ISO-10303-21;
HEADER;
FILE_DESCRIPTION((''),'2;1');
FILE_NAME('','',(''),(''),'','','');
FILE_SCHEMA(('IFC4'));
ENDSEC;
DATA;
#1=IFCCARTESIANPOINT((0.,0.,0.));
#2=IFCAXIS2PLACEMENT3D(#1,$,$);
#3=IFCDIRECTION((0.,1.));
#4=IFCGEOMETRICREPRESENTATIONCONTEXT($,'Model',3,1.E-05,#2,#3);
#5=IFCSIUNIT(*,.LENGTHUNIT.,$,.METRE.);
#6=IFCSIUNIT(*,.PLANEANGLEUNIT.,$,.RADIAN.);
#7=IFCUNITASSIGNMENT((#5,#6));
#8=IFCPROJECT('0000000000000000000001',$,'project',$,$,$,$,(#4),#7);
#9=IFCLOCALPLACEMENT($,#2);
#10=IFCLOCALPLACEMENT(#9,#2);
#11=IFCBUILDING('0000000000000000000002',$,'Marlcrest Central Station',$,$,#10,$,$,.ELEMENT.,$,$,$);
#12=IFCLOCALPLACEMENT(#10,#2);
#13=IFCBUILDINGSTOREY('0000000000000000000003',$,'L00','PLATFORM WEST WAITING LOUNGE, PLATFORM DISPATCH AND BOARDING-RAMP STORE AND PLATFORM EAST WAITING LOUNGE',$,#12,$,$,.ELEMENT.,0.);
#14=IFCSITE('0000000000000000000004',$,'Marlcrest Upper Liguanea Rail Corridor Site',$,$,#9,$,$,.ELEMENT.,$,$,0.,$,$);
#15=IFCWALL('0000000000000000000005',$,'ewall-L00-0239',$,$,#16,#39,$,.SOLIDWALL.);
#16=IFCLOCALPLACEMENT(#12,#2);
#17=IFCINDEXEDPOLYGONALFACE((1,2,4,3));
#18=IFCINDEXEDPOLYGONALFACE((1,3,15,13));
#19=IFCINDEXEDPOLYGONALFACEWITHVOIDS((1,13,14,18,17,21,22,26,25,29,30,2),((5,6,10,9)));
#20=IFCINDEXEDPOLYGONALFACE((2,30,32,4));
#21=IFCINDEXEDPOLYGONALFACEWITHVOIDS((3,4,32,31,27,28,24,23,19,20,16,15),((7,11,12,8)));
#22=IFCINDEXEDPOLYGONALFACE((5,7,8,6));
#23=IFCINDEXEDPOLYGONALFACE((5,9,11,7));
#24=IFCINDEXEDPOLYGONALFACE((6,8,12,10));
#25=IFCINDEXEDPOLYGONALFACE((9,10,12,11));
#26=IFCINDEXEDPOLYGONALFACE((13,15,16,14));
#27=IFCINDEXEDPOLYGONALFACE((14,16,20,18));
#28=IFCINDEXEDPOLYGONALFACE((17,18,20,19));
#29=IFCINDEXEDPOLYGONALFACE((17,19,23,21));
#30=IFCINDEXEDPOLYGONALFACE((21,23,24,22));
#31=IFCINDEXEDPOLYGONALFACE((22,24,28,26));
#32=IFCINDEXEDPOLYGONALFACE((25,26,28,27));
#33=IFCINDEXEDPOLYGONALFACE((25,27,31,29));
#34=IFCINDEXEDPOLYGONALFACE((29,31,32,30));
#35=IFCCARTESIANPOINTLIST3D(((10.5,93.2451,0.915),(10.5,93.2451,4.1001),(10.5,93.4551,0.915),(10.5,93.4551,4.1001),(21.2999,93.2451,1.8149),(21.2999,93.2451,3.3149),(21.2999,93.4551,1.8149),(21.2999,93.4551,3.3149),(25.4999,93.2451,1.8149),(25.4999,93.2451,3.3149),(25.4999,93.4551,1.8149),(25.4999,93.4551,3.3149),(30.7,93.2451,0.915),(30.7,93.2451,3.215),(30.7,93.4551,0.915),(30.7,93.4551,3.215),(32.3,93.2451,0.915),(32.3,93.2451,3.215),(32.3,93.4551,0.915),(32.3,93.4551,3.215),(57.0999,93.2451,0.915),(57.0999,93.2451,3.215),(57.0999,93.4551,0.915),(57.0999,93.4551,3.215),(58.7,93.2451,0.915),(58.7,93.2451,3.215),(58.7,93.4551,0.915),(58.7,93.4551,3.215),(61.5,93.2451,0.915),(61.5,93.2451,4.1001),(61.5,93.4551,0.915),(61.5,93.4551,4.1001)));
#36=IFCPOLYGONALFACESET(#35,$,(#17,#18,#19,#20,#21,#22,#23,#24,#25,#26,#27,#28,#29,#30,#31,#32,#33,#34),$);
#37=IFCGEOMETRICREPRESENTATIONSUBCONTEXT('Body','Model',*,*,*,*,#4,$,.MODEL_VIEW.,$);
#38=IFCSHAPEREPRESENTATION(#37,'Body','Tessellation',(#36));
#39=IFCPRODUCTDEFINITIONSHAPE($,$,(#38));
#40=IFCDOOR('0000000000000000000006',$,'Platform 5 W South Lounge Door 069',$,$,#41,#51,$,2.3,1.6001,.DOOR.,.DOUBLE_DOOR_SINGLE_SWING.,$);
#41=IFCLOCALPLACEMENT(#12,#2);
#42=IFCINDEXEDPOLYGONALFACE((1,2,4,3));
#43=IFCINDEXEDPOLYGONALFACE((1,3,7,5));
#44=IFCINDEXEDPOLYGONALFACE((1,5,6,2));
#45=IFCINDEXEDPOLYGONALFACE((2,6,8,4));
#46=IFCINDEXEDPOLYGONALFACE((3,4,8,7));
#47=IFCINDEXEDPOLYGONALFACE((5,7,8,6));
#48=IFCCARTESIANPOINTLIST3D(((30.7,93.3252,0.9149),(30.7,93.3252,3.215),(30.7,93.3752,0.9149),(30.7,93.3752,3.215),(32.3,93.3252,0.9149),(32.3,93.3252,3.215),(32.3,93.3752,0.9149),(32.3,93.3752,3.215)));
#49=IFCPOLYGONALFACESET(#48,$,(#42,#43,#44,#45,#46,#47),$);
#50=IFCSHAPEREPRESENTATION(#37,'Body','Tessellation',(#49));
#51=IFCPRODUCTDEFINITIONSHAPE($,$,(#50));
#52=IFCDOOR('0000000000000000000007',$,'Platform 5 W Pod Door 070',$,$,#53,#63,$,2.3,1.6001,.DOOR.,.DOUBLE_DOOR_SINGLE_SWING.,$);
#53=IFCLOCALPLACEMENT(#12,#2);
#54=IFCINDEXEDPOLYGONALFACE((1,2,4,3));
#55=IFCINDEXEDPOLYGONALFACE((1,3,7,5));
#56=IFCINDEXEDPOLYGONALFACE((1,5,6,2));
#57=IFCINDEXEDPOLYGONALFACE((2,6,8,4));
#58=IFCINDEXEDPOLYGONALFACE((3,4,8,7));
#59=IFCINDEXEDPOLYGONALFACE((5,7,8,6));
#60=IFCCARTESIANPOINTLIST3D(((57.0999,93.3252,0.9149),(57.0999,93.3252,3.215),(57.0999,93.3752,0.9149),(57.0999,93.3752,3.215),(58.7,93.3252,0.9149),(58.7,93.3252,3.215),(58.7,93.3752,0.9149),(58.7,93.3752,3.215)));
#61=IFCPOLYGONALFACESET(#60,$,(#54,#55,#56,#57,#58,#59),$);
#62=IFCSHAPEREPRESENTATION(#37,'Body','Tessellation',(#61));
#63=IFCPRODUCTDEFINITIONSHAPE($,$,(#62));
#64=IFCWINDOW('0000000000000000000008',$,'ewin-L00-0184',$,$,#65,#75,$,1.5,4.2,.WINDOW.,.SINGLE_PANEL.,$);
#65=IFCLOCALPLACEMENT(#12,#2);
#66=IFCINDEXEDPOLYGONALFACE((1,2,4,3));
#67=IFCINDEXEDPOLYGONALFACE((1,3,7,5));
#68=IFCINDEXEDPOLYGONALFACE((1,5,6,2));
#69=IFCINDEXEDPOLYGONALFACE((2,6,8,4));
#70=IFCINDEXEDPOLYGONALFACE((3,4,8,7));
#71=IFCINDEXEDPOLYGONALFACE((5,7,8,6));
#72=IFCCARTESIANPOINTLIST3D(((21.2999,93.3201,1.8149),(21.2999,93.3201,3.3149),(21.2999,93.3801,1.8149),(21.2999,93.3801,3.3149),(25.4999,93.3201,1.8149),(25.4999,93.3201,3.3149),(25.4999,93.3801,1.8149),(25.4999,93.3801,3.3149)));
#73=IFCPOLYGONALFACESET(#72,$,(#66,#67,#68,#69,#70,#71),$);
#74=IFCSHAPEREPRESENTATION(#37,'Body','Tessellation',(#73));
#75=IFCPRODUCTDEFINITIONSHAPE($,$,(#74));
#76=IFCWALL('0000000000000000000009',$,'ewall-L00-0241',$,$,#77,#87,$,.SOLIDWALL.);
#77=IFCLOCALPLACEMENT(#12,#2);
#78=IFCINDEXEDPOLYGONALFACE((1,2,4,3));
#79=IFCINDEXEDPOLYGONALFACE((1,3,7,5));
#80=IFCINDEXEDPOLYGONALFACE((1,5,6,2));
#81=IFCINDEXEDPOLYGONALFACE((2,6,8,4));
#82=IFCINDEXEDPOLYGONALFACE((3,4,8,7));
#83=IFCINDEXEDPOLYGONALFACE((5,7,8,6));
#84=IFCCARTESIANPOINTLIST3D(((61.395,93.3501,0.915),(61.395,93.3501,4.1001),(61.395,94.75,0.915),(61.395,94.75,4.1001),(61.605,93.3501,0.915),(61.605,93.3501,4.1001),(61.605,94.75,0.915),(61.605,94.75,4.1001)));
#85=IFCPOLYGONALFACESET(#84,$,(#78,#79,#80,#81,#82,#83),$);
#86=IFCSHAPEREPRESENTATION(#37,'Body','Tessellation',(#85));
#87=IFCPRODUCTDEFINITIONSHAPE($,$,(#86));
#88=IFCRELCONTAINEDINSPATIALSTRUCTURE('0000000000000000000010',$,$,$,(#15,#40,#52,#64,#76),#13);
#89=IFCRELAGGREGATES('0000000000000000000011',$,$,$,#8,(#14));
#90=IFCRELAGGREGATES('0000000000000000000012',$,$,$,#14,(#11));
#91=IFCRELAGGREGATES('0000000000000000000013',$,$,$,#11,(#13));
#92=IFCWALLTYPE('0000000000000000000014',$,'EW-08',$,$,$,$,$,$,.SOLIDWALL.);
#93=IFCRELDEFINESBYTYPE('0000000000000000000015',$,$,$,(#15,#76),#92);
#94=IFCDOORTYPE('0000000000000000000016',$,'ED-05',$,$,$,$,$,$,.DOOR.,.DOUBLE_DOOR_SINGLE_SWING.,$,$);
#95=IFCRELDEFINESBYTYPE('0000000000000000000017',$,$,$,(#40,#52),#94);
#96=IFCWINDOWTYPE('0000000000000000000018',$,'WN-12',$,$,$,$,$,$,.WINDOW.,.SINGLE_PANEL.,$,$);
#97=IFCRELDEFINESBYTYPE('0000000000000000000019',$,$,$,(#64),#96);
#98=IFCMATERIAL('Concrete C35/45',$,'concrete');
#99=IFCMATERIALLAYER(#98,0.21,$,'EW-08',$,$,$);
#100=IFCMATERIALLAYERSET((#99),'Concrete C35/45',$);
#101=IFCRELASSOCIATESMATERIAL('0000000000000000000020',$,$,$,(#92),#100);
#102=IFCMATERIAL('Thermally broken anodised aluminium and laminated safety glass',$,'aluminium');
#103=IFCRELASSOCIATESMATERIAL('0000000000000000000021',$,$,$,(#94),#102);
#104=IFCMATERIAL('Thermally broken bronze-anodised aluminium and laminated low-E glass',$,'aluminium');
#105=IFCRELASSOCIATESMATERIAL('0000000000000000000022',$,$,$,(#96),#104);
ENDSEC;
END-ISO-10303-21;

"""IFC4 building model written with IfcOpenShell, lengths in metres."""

from ifc_helpers import new_model, si_unit, direction, frame, frame_2d, origin, place, context, subcontext, project, spatial, rectangle, extrude, material, layer, layer_set, type_object, element, fill, save


model = new_model("IFC4")

# Units and contexts
model_context = context("Model", 3, precision=1e-05, world=origin(), true_north=direction((0.0, 1.0)))
body_context = subcontext(model_context, "Body", "Model", "MODEL_VIEW")
ifc_project = project(units=[si_unit("LENGTHUNIT", "METRE"), si_unit("PLANEANGLEUNIT", "RADIAN")], contexts=[model_context])

# Site, building, storey
site_placement = place(None, origin())
site = spatial("IfcSite", under=ifc_project, at=site_placement, Name="Marlcrest Upper Liguanea Rail Corridor Site", CompositionType="ELEMENT", RefElevation=0.0)
building_placement = place(site_placement, origin())
building = spatial("IfcBuilding", under=site, at=building_placement, Name="Marlcrest Central Station", CompositionType="ELEMENT")
storey_placement = place(building_placement, origin())
storey = spatial("IfcBuildingStorey", under=building, at=storey_placement, Name="L00", Description="PLATFORM WEST WAITING LOUNGE, PLATFORM DISPATCH AND BOARDING-RAMP STORE AND PLATFORM EAST WAITING LOUNGE", CompositionType="ELEMENT", Elevation=0.0)

# Shared definitions
ifc_material_1 = material(Name="Concrete C35/45", Category="concrete")

# Wall, openings, doors, window
ifc_layer = layer(ifc_material_1, 0.21, Name="EW-08")
ifc_layer_set = layer_set([ifc_layer], Name="Concrete C35/45")
wall_type = type_object("IfcWallType", Name="EW-08", PredefinedType="SOLIDWALL", material=ifc_layer_set)
wall_1_placement = place(storey_placement, frame((61.5, 93.3501, 0.915), z_axis=(0.0, 0.0, 1.0), x_axis=(-1.0, 0.0, 0.0)))
wall_1 = element("IfcWall", 1, at=wall_1_placement, inside=storey, type_object=wall_type, Name="ewall-L00-0239", PredefinedType="SOLIDWALL", context=body_context, shape_type="SweptSolid", body=[
    extrude(rectangle(XDim=51.0, YDim=0.21, at=frame_2d((25.5, 0.0))), origin(), (0.0, 0.0, 1.0), 3.1851),
])
opening_1_placement = place(wall_1_placement, frame((29.2, 0.0, 0.0)))
opening_1 = element("IfcOpeningElement", 2, at=opening_1_placement, cuts=wall_1, PredefinedType="OPENING", context=body_context, shape_type="SweptSolid", body=[
    extrude(rectangle(XDim=1.6001, YDim=2.3, at=frame_2d((0.8, 1.1499))), frame((0.0, 0.115, 0.0), z_axis=(0.0, -1.0, 0.0), x_axis=(1.0, 0.0, 0.0)), (0.0, 0.0, 1.0), 0.23),
])
opening_2_placement = place(wall_1_placement, frame((2.8, 0.0, 0.0)))
opening_2 = element("IfcOpeningElement", 3, at=opening_2_placement, cuts=wall_1, PredefinedType="OPENING", context=body_context, shape_type="SweptSolid", body=[
    extrude(rectangle(XDim=1.6001, YDim=2.3, at=frame_2d((0.8, 1.1499))), frame((0.0, 0.115, 0.0), z_axis=(0.0, -1.0, 0.0), x_axis=(1.0, 0.0, 0.0)), (0.0, 0.0, 1.0), 0.23),
])
opening_3_placement = place(wall_1_placement, frame((36.0, 0.0, 0.8999)))
opening_3 = element("IfcOpeningElement", 4, at=opening_3_placement, cuts=wall_1, PredefinedType="OPENING", context=body_context, shape_type="SweptSolid", body=[
    extrude(rectangle(XDim=4.2, YDim=1.5, at=frame_2d((2.1001, 0.75))), frame((0.0, 0.115, 0.0), z_axis=(0.0, -1.0, 0.0), x_axis=(1.0, 0.0, 0.0)), (0.0, 0.0, 1.0), 0.23),
])
ifc_material_2 = material(Name="Thermally broken anodised aluminium and laminated safety glass", Category="aluminium")
door_type = type_object("IfcDoorType", Name="ED-05", OperationType="DOUBLE_DOOR_SINGLE_SWING", PredefinedType="DOOR", material=ifc_material_2)
door_1_placement = place(opening_1_placement, origin())
door_1 = element("IfcDoor", 5, at=door_1_placement, inside=storey, type_object=door_type, Name="Platform 5 W South Lounge Door 069", OperationType="DOUBLE_DOOR_SINGLE_SWING", OverallHeight=2.3, OverallWidth=1.6001, PredefinedType="DOOR", context=body_context, shape_type="SweptSolid", body=[
    extrude(rectangle(XDim=1.6001, YDim=2.3, at=frame_2d((0.8, 1.1499))), frame((0.0, 0.0249, 0.0), z_axis=(0.0, -1.0, 0.0), x_axis=(1.0, 0.0, 0.0)), (0.0, 0.0, 1.0), 0.05),
])
fill(opening_1, door_1)
door_2_placement = place(opening_2_placement, origin())
door_2 = element("IfcDoor", 6, at=door_2_placement, inside=storey, type_object=door_type, Name="Platform 5 W Pod Door 070", OperationType="DOUBLE_DOOR_SINGLE_SWING", OverallHeight=2.3, OverallWidth=1.6001, PredefinedType="DOOR", context=body_context, shape_type="SweptSolid", body=[
    extrude(rectangle(XDim=1.6001, YDim=2.3, at=frame_2d((0.8, 1.1499))), frame((0.0, 0.0249, 0.0), z_axis=(0.0, -1.0, 0.0), x_axis=(1.0, 0.0, 0.0)), (0.0, 0.0, 1.0), 0.05),
])
fill(opening_2, door_2)
ifc_material_3 = material(Name="Thermally broken bronze-anodised aluminium and laminated low-E glass", Category="aluminium")
window_type = type_object("IfcWindowType", Name="WN-12", PartitioningType="SINGLE_PANEL", PredefinedType="WINDOW", material=ifc_material_3)
window_placement = place(opening_3_placement, origin())
window = element("IfcWindow", 7, at=window_placement, inside=storey, type_object=window_type, Name="ewin-L00-0184", OverallHeight=1.5, OverallWidth=4.2, PartitioningType="SINGLE_PANEL", PredefinedType="WINDOW", context=body_context, shape_type="SweptSolid", body=[
    extrude(rectangle(XDim=4.2, YDim=1.5, at=frame_2d((2.1001, 0.75))), frame((0.0, 0.03, 0.0), z_axis=(0.0, -1.0, 0.0), x_axis=(1.0, 0.0, 0.0)), (0.0, 0.0, 1.0), 0.0601),
])
fill(opening_3, window)

# Wall
wall_2_placement = place(storey_placement, frame((61.5, 94.75, 0.915), z_axis=(0.0, 0.0, 1.0), x_axis=(0.0, -1.0, 0.0)))
element("IfcWall", 8, at=wall_2_placement, inside=storey, type_object=wall_type, Name="ewall-L00-0241", PredefinedType="SOLIDWALL", context=body_context, shape_type="SweptSolid", body=[
    extrude(rectangle(XDim=1.3999, YDim=0.21, at=frame_2d((0.7, 0.0))), origin(), (0.0, 0.0, 1.0), 3.1851),
])

save(model, "model.ifc")
